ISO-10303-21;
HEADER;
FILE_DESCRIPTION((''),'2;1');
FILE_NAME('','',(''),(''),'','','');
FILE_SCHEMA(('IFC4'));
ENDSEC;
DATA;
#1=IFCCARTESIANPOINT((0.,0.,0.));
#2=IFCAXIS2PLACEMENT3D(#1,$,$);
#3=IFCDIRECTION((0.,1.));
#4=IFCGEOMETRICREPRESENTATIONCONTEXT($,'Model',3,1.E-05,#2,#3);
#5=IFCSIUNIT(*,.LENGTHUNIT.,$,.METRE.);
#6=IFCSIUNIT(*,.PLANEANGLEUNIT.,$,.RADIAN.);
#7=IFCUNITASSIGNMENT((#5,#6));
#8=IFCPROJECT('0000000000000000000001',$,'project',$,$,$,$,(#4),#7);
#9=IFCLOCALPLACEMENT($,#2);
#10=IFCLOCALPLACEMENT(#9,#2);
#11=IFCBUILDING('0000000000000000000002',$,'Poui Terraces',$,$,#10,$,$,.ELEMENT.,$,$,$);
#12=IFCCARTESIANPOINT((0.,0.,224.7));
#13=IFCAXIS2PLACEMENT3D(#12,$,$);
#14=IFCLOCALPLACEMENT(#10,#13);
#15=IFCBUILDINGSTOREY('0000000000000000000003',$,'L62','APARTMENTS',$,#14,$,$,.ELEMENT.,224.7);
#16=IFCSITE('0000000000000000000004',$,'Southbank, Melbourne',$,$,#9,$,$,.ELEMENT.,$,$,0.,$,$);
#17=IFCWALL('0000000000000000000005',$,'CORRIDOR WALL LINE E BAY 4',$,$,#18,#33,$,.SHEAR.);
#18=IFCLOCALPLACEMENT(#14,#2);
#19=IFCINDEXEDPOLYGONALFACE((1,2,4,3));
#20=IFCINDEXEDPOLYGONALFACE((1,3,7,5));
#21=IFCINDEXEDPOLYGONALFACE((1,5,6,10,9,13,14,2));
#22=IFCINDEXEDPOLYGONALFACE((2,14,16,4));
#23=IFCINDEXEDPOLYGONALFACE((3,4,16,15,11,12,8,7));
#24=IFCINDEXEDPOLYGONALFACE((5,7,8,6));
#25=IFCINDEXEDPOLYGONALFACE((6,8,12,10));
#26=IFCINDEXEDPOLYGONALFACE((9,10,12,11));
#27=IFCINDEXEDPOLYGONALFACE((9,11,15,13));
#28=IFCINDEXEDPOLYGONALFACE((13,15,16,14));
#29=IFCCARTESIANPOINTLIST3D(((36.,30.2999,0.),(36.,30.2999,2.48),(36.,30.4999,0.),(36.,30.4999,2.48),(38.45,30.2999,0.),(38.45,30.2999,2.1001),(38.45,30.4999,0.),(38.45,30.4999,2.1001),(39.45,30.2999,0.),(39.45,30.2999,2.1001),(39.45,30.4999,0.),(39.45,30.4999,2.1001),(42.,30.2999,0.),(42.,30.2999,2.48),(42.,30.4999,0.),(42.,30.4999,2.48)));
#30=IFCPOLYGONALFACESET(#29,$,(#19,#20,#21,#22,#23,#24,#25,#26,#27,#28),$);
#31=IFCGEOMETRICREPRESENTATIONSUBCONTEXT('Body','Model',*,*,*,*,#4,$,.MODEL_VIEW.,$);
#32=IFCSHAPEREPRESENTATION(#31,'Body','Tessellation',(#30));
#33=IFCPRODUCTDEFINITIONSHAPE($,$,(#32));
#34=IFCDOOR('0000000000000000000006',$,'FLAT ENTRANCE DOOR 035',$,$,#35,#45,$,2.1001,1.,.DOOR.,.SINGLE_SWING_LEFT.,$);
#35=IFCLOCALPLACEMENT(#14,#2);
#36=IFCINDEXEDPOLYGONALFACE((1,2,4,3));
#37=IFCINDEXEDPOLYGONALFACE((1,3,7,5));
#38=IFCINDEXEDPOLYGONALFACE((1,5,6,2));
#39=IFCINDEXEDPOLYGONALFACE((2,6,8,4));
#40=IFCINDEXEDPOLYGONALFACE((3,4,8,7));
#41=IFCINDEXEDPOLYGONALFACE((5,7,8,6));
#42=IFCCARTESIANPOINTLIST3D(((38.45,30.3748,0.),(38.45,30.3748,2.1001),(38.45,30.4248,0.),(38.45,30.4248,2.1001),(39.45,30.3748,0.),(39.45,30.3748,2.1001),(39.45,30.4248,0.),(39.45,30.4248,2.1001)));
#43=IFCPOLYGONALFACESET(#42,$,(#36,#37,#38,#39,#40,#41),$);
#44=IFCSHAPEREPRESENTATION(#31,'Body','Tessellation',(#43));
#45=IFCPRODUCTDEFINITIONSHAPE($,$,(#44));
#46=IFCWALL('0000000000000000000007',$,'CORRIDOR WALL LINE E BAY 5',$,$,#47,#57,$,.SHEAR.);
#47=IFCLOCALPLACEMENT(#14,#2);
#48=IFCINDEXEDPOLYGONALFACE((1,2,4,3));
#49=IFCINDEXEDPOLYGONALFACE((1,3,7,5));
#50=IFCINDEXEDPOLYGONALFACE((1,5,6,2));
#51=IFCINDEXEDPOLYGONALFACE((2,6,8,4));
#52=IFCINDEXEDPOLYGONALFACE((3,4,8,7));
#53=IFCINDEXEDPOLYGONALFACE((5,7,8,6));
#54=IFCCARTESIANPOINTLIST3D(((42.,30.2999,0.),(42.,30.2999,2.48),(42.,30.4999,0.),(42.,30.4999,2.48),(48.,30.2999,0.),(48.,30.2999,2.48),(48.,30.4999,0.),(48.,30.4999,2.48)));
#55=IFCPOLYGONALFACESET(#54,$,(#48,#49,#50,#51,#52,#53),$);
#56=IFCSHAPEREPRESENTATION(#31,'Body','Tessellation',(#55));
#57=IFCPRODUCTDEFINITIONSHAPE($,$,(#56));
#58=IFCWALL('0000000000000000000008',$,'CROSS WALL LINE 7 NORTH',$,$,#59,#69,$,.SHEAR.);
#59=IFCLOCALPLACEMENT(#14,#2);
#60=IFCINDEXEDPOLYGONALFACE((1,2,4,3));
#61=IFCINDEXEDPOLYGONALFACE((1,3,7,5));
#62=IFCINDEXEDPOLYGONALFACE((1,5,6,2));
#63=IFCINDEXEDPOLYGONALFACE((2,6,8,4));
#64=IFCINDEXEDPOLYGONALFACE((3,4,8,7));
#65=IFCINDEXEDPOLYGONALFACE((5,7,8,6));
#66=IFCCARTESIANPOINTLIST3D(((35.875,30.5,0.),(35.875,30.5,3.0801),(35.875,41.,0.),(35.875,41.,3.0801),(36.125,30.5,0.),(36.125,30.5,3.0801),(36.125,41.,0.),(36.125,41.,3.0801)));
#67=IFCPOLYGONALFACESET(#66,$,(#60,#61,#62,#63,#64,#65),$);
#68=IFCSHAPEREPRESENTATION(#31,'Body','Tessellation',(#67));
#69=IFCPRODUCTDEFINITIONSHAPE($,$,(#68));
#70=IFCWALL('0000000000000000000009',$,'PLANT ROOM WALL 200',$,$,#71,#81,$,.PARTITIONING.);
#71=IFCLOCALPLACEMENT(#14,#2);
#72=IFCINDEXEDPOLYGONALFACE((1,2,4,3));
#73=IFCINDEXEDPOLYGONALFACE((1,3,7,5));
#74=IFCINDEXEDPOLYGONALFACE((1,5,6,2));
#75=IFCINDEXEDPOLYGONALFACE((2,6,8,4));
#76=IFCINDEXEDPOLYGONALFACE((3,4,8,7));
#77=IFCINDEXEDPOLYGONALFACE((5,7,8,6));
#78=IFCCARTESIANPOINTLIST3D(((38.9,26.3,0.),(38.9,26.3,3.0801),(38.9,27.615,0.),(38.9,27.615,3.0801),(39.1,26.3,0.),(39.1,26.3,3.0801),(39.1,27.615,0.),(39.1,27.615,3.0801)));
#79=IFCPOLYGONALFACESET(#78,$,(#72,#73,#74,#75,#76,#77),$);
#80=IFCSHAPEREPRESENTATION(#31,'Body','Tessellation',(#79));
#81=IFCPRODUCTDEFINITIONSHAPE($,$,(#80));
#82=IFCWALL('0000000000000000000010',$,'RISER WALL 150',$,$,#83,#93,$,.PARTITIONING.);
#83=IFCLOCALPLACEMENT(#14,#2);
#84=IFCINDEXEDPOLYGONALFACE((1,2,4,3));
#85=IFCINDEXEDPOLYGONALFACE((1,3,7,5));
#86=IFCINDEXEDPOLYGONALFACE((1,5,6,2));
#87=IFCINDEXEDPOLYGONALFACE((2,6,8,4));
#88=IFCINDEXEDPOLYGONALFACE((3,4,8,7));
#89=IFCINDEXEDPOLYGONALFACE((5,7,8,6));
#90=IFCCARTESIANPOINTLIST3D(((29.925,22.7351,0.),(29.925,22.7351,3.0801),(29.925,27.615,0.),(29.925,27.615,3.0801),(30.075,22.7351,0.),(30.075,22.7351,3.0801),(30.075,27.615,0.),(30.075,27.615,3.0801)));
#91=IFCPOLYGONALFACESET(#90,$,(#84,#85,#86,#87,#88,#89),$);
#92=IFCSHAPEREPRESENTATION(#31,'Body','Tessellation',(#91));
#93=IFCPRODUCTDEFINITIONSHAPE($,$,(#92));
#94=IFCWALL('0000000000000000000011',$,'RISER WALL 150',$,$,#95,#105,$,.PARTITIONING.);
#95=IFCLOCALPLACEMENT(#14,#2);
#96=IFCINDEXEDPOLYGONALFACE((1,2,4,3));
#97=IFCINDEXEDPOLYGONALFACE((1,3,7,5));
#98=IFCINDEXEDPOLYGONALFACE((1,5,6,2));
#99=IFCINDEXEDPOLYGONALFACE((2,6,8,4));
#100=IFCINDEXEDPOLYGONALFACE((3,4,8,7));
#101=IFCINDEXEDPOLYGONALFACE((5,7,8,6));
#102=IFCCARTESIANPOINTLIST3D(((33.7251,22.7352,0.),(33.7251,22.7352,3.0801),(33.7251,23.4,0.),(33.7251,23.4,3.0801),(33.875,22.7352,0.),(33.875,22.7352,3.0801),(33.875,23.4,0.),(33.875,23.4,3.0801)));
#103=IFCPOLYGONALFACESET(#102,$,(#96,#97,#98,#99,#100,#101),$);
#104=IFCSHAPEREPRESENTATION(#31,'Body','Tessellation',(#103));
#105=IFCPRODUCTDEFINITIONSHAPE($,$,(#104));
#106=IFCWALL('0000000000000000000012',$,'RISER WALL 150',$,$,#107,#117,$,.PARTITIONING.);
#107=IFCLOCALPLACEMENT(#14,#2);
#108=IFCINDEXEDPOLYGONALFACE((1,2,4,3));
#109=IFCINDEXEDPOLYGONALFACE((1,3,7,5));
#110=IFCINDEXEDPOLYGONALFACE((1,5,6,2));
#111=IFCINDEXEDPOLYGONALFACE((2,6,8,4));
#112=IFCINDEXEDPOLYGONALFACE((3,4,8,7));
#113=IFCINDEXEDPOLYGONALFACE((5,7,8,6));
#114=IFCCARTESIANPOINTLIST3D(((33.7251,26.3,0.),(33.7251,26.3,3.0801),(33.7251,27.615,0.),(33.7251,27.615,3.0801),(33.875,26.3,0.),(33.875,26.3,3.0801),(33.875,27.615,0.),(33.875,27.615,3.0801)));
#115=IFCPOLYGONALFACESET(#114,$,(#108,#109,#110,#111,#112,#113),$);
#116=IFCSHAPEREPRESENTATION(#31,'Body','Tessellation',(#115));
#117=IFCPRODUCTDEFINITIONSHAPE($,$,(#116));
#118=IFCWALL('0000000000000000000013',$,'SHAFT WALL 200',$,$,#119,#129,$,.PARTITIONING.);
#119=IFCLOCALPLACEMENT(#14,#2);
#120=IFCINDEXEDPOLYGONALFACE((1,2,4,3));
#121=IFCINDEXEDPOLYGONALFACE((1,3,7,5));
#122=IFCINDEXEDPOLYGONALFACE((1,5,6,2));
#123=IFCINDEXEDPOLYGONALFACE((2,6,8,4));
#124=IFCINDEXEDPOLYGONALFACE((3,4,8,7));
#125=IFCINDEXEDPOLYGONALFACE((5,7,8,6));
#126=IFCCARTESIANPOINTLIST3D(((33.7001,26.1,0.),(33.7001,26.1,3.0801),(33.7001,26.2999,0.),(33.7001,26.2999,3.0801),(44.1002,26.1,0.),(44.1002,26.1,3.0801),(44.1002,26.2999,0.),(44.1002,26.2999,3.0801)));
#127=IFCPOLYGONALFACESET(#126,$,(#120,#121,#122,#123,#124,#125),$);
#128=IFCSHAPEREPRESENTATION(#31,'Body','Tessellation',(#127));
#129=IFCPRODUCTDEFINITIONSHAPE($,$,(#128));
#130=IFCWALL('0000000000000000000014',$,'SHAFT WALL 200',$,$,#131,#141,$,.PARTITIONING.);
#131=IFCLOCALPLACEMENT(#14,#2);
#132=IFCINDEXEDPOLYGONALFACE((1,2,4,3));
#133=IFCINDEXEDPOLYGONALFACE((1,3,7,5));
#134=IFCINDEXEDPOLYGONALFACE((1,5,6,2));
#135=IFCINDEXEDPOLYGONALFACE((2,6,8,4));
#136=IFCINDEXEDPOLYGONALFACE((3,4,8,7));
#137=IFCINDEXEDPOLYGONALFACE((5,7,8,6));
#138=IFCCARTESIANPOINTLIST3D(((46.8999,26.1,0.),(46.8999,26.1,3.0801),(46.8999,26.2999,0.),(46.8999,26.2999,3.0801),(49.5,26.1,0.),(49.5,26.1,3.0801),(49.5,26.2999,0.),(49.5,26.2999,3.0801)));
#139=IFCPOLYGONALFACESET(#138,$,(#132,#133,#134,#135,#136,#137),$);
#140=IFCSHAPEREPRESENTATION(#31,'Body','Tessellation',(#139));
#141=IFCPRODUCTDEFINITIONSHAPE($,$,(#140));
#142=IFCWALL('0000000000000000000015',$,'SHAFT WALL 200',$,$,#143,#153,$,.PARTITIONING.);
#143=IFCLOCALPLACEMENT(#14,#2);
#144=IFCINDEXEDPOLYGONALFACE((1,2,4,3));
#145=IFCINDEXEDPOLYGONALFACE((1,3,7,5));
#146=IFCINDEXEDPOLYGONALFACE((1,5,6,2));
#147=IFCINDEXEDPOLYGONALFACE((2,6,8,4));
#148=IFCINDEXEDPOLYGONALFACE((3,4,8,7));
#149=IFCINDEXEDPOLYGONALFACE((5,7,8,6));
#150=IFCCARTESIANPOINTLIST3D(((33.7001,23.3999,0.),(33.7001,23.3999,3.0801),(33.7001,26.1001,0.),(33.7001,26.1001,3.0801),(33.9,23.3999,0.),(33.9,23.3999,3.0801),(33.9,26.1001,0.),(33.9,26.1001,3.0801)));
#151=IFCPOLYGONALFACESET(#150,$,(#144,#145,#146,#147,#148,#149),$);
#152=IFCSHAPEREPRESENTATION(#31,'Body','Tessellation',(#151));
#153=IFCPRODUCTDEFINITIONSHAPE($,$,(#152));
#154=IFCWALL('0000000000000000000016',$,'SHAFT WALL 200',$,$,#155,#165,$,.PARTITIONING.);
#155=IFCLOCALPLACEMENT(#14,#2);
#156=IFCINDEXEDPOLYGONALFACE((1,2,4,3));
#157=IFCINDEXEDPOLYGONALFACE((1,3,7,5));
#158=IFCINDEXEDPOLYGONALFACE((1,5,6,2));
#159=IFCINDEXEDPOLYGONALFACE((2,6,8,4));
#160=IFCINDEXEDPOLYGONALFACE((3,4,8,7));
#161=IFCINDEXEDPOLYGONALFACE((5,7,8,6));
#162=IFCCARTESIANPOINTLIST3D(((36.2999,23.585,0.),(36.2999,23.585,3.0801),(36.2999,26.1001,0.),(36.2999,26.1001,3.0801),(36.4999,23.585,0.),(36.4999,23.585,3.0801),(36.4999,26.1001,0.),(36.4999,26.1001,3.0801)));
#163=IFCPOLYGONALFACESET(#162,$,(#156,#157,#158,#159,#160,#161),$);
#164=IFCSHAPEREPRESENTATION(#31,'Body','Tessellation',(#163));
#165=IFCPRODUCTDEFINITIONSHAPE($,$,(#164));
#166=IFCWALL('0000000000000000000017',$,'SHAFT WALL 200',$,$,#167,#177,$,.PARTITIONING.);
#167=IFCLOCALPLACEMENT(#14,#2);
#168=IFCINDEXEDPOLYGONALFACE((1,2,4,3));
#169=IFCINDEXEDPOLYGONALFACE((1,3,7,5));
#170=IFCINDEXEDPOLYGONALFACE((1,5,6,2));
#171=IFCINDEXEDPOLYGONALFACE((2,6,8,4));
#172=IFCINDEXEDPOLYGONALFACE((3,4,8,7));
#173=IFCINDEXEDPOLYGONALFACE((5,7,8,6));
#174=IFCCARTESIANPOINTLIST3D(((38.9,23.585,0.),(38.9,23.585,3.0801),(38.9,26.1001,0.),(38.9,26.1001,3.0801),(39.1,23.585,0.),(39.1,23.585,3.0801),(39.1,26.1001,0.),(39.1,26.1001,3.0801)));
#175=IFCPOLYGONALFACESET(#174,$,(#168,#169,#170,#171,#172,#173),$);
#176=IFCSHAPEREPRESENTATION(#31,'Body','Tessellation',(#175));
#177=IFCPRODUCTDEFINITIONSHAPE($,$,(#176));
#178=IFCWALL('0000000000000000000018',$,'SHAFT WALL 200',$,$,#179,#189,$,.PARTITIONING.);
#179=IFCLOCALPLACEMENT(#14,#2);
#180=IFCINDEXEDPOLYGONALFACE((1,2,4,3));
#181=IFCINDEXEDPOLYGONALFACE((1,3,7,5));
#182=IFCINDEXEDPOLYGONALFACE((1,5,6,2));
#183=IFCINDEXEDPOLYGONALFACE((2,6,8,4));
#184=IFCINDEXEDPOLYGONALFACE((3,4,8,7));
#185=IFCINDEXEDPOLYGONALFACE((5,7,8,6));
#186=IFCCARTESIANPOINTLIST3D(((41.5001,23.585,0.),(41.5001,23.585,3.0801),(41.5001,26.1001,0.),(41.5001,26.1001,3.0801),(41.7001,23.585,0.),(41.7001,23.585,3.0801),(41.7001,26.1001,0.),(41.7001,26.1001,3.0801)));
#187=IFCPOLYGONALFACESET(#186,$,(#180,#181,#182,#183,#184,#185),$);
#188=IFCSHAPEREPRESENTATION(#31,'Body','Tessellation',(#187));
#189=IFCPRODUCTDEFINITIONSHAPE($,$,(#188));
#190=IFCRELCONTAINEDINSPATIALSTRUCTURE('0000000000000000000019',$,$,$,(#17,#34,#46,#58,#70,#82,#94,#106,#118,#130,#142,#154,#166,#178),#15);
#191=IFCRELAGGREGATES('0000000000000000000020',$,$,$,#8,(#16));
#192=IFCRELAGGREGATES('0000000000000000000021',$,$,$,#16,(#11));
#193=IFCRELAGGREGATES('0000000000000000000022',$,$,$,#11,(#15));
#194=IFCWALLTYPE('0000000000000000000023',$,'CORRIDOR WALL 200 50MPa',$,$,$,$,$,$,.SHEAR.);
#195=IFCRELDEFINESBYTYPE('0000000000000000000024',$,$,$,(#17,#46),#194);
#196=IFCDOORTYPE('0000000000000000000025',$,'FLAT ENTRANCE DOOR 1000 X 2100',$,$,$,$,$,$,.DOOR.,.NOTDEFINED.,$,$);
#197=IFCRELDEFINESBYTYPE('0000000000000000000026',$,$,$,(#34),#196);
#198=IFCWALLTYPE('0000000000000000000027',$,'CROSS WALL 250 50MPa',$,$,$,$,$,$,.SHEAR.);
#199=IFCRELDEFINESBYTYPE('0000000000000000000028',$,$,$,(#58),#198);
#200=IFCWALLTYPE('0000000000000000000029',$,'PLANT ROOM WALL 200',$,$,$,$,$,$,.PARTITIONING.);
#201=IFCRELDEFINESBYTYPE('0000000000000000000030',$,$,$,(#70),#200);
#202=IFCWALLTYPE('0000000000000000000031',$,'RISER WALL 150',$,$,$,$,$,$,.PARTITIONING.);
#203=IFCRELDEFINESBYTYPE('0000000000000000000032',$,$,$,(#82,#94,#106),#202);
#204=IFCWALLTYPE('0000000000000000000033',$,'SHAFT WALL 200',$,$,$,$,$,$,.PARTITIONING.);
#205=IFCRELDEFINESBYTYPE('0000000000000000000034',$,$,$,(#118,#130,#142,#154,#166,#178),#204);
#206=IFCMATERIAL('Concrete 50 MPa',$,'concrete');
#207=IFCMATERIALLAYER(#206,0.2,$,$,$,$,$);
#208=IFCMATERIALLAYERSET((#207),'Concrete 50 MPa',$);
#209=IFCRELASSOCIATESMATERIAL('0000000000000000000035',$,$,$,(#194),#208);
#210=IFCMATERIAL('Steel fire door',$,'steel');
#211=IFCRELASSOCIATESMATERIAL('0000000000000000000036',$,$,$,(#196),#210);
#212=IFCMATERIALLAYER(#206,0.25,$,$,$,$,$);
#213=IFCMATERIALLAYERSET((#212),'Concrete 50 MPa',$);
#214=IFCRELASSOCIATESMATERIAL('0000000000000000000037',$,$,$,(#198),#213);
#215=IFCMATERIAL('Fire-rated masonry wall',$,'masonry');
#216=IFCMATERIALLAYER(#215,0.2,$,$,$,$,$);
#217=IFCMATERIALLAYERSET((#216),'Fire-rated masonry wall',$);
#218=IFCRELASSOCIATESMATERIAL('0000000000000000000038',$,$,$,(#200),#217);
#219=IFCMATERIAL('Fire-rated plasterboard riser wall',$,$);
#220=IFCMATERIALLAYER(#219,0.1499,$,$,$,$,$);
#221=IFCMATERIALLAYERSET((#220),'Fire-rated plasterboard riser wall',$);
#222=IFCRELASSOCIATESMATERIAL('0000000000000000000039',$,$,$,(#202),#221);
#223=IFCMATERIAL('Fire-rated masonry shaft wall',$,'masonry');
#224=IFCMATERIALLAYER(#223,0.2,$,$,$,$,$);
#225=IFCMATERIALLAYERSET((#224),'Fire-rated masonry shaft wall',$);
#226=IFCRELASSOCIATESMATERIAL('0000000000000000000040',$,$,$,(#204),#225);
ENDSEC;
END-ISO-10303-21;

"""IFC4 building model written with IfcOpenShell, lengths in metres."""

from ifc_helpers import new_model, si_unit, direction, frame, frame_2d, origin, place, context, subcontext, project, spatial, rectangle, extrude, material, layer, layer_set, type_object, element, fill, save


model = new_model("IFC4")

# Units and contexts
model_context = context("Model", 3, precision=1e-05, world=origin(), true_north=direction((0.0, 1.0)))
body_context = subcontext(model_context, "Body", "Model", "MODEL_VIEW")
ifc_project = project(units=[si_unit("LENGTHUNIT", "METRE"), si_unit("PLANEANGLEUNIT", "RADIAN")], contexts=[model_context])

# Site, building, storey
site_placement = place(None, origin())
site = spatial("IfcSite", under=ifc_project, at=site_placement, Name="Southbank, Melbourne", CompositionType="ELEMENT", RefElevation=0.0)
building_placement = place(site_placement, origin())
building = spatial("IfcBuilding", under=site, at=building_placement, Name="Poui Terraces", CompositionType="ELEMENT")
storey_placement = place(building_placement, frame((0.0, 0.0, 224.7)))
storey = spatial("IfcBuildingStorey", under=building, at=storey_placement, Name="L62", Description="APARTMENTS", CompositionType="ELEMENT", Elevation=224.7)

# Shared definitions
ifc_material_1 = material(Name="Concrete 50 MPa", Category="concrete")

# Shared definitions
ifc_material_2 = material(Name="Steel fire door", Category="steel")

# Wall, opening, door
ifc_layer_1 = layer(ifc_material_1, 0.2)
ifc_layer_set_1 = layer_set([ifc_layer_1], Name="Concrete 50 MPa")
wall_type_1 = type_object("IfcWallType", Name="CORRIDOR WALL 200 50MPa", PredefinedType="SHEAR", material=ifc_layer_set_1)
wall_1_placement = place(storey_placement, frame((36.0, 30.3999, 0.0), z_axis=(0.0, 0.0, 1.0), x_axis=(1.0, 0.0, 0.0)))
wall_1 = element("IfcWall", 1, at=wall_1_placement, inside=storey, type_object=wall_type_1, Name="CORRIDOR WALL LINE E BAY 4", PredefinedType="SHEAR", context=body_context, shape_type="SweptSolid", body=[
    extrude(rectangle(XDim=6.0, YDim=0.2, at=frame_2d((3.0, 0.0))), origin(), (0.0, 0.0, 1.0), 2.48),
])
opening_1_placement = place(wall_1_placement, frame((2.45, 0.0, 0.0)))
opening_1 = element("IfcOpeningElement", 2, at=opening_1_placement, cuts=wall_1, PredefinedType="OPENING", context=body_context, shape_type="SweptSolid", body=[
    extrude(rectangle(XDim=1.0, YDim=2.1001, at=frame_2d((0.5, 1.05))), frame((0.0, 0.1099, 0.0), z_axis=(0.0, -1.0, 0.0), x_axis=(1.0, 0.0, 0.0)), (0.0, 0.0, 1.0), 0.22),
])
door_type_1 = type_object("IfcDoorType", Name="FLAT ENTRANCE DOOR 1000 X 2100", OperationType="NOTDEFINED", PredefinedType="DOOR", material=ifc_material_2)
door_1_placement = place(opening_1_placement, origin())
door_1 = element("IfcDoor", 3, at=door_1_placement, inside=storey, type_object=door_type_1, Name="FLAT ENTRANCE DOOR 035", OperationType="SINGLE_SWING_LEFT", OverallHeight=2.1001, OverallWidth=1.0, PredefinedType="DOOR", context=body_context, shape_type="SweptSolid", body=[
    extrude(rectangle(XDim=1.0, YDim=2.1001, at=frame_2d((0.5, 1.05))), frame((0.0, 0.0249, 0.0), z_axis=(0.0, -1.0, 0.0), x_axis=(1.0, 0.0, 0.0)), (0.0, 0.0, 1.0), 0.05),
])
fill(opening_1, door_1)

# Walls
wall_2_placement = place(storey_placement, frame((42.0, 30.3999, 0.0), z_axis=(0.0, 0.0, 1.0), x_axis=(1.0, 0.0, 0.0)))
element("IfcWall", 4, at=wall_2_placement, inside=storey, type_object=wall_type_1, Name="CORRIDOR WALL LINE E BAY 5", PredefinedType="SHEAR", context=body_context, shape_type="SweptSolid", body=[
    extrude(rectangle(XDim=6.0, YDim=0.2, at=frame_2d((3.0, 0.0))), origin(), (0.0, 0.0, 1.0), 2.48),
])
ifc_layer_2 = layer(ifc_material_1, 0.25)
ifc_layer_set_2 = layer_set([ifc_layer_2], Name="Concrete 50 MPa")
wall_type_2 = type_object("IfcWallType", Name="CROSS WALL 250 50MPa", PredefinedType="SHEAR", material=ifc_layer_set_2)
wall_3_placement = place(storey_placement, frame((36.0, 30.5, 0.0), z_axis=(0.0, 0.0, 1.0), x_axis=(0.0, 1.0, 0.0)))
element("IfcWall", 5, at=wall_3_placement, inside=storey, type_object=wall_type_2, Name="CROSS WALL LINE 7 NORTH", PredefinedType="SHEAR", context=body_context, shape_type="SweptSolid", body=[
    extrude(rectangle(XDim=10.5, YDim=0.25, at=frame_2d((5.25, 0.0))), origin(), (0.0, 0.0, 1.0), 3.0801),
])
ifc_material_3 = material(Name="Fire-rated masonry wall", Category="masonry")
ifc_layer_3 = layer(ifc_material_3, 0.2)
ifc_layer_set_3 = layer_set([ifc_layer_3], Name="Fire-rated masonry wall")
wall_type_3 = type_object("IfcWallType", Name="PLANT ROOM WALL 200", PredefinedType="PARTITIONING", material=ifc_layer_set_3)
wall_4_placement = place(storey_placement, frame((39.0, 26.3, 0.0), z_axis=(0.0, 0.0, 1.0), x_axis=(0.0, 1.0, 0.0)))
element("IfcWall", 6, at=wall_4_placement, inside=storey, type_object=wall_type_3, Name="PLANT ROOM WALL 200", PredefinedType="PARTITIONING", context=body_context, shape_type="SweptSolid", body=[
    extrude(rectangle(XDim=1.3149, YDim=0.2, at=frame_2d((0.6575, 0.0))), origin(), (0.0, 0.0, 1.0), 3.0801),
])
ifc_material_4 = material(Name="Fire-rated plasterboard riser wall")
ifc_layer_4 = layer(ifc_material_4, 0.1499)
ifc_layer_set_4 = layer_set([ifc_layer_4], Name="Fire-rated plasterboard riser wall")
wall_type_4 = type_object("IfcWallType", Name="RISER WALL 150", PredefinedType="PARTITIONING", material=ifc_layer_set_4)
wall_5_placement = place(storey_placement, frame((30.0, 22.7351, 0.0), z_axis=(0.0, 0.0, 1.0), x_axis=(0.0, 1.0, 0.0)))
element("IfcWall", 7, at=wall_5_placement, inside=storey, type_object=wall_type_4, Name="RISER WALL 150", PredefinedType="PARTITIONING", context=body_context, shape_type="SweptSolid", body=[
    extrude(rectangle(XDim=4.8799, YDim=0.1499, at=frame_2d((2.4399, 0.0))), origin(), (0.0, 0.0, 1.0), 3.0801),
])
wall_6_placement = place(storey_placement, frame((33.8, 22.7351, 0.0), z_axis=(0.0, 0.0, 1.0), x_axis=(0.0, 1.0, 0.0)))
element("IfcWall", 8, at=wall_6_placement, inside=storey, type_object=wall_type_4, Name="RISER WALL 150", PredefinedType="PARTITIONING", context=body_context, shape_type="SweptSolid", body=[
    extrude(rectangle(XDim=0.6648, YDim=0.1499, at=frame_2d((0.3325, 0.0))), origin(), (0.0, 0.0, 1.0), 3.0801),
])
wall_7_placement = place(storey_placement, frame((33.8, 26.3, 0.0), z_axis=(0.0, 0.0, 1.0), x_axis=(0.0, 1.0, 0.0)))
element("IfcWall", 9, at=wall_7_placement, inside=storey, type_object=wall_type_4, Name="RISER WALL 150", PredefinedType="PARTITIONING", context=body_context, shape_type="SweptSolid", body=[
    extrude(rectangle(XDim=1.3149, YDim=0.1499, at=frame_2d((0.6575, 0.0))), origin(), (0.0, 0.0, 1.0), 3.0801),
])
ifc_material_5 = material(Name="Fire-rated masonry shaft wall", Category="masonry")
ifc_layer_5 = layer(ifc_material_5, 0.2)
ifc_layer_set_5 = layer_set([ifc_layer_5], Name="Fire-rated masonry shaft wall")
wall_type_5 = type_object("IfcWallType", Name="SHAFT WALL 200", PredefinedType="PARTITIONING", material=ifc_layer_set_5)
wall_8_placement = place(storey_placement, frame((33.7, 26.2, 0.0), z_axis=(0.0, 0.0, 1.0), x_axis=(1.0, 0.0, 0.0)))
element("IfcWall", 10, at=wall_8_placement, inside=storey, type_object=wall_type_5, Name="SHAFT WALL 200", PredefinedType="PARTITIONING", context=body_context, shape_type="SweptSolid", body=[
    extrude(rectangle(XDim=10.4001, YDim=0.2, at=frame_2d((5.2002, 0.0))), origin(), (0.0, 0.0, 1.0), 3.0801),
])
wall_9_placement = place(storey_placement, frame((46.8999, 26.2, 0.0), z_axis=(0.0, 0.0, 1.0), x_axis=(1.0, 0.0, 0.0)))
element("IfcWall", 11, at=wall_9_placement, inside=storey, type_object=wall_type_5, Name="SHAFT WALL 200", PredefinedType="PARTITIONING", context=body_context, shape_type="SweptSolid", body=[
    extrude(rectangle(XDim=2.6001, YDim=0.2, at=frame_2d((1.3, 0.0))), origin(), (0.0, 0.0, 1.0), 3.0801),
])
wall_10_placement = place(storey_placement, frame((33.8, 23.3999, 0.0), z_axis=(0.0, 0.0, 1.0), x_axis=(0.0, 1.0, 0.0)))
element("IfcWall", 12, at=wall_10_placement, inside=storey, type_object=wall_type_5, Name="SHAFT WALL 200", PredefinedType="PARTITIONING", context=body_context, shape_type="SweptSolid", body=[
    extrude(rectangle(XDim=2.7002, YDim=0.2, at=frame_2d((1.3501, 0.0))), origin(), (0.0, 0.0, 1.0), 3.0801),
])
for number, where, z_axis, x_axis, name in (
    (13, (36.3999, 23.585, 0.0), (0.0, 0.0, 1.0), (0.0, 1.0, 0.0), "SHAFT WALL 200"),
    (14, (39.0, 23.585, 0.0), (0.0, 0.0, 1.0), (0.0, 1.0, 0.0), "SHAFT WALL 200"),
    (15, (41.6001, 23.585, 0.0), (0.0, 0.0, 1.0), (0.0, 1.0, 0.0), "SHAFT WALL 200"),
):
    element("IfcWall", number, at=place(storey_placement, frame(where, z_axis=z_axis, x_axis=x_axis)), inside=storey, type_object=wall_type_5, Name=name, PredefinedType="PARTITIONING", context=body_context, shape_type="SweptSolid", body=[
        extrude(rectangle(XDim=2.5151, YDim=0.2, at=frame_2d((1.2576, 0.0))), origin(), (0.0, 0.0, 1.0), 3.0801),
    ])

save(model, "model.ifc")
